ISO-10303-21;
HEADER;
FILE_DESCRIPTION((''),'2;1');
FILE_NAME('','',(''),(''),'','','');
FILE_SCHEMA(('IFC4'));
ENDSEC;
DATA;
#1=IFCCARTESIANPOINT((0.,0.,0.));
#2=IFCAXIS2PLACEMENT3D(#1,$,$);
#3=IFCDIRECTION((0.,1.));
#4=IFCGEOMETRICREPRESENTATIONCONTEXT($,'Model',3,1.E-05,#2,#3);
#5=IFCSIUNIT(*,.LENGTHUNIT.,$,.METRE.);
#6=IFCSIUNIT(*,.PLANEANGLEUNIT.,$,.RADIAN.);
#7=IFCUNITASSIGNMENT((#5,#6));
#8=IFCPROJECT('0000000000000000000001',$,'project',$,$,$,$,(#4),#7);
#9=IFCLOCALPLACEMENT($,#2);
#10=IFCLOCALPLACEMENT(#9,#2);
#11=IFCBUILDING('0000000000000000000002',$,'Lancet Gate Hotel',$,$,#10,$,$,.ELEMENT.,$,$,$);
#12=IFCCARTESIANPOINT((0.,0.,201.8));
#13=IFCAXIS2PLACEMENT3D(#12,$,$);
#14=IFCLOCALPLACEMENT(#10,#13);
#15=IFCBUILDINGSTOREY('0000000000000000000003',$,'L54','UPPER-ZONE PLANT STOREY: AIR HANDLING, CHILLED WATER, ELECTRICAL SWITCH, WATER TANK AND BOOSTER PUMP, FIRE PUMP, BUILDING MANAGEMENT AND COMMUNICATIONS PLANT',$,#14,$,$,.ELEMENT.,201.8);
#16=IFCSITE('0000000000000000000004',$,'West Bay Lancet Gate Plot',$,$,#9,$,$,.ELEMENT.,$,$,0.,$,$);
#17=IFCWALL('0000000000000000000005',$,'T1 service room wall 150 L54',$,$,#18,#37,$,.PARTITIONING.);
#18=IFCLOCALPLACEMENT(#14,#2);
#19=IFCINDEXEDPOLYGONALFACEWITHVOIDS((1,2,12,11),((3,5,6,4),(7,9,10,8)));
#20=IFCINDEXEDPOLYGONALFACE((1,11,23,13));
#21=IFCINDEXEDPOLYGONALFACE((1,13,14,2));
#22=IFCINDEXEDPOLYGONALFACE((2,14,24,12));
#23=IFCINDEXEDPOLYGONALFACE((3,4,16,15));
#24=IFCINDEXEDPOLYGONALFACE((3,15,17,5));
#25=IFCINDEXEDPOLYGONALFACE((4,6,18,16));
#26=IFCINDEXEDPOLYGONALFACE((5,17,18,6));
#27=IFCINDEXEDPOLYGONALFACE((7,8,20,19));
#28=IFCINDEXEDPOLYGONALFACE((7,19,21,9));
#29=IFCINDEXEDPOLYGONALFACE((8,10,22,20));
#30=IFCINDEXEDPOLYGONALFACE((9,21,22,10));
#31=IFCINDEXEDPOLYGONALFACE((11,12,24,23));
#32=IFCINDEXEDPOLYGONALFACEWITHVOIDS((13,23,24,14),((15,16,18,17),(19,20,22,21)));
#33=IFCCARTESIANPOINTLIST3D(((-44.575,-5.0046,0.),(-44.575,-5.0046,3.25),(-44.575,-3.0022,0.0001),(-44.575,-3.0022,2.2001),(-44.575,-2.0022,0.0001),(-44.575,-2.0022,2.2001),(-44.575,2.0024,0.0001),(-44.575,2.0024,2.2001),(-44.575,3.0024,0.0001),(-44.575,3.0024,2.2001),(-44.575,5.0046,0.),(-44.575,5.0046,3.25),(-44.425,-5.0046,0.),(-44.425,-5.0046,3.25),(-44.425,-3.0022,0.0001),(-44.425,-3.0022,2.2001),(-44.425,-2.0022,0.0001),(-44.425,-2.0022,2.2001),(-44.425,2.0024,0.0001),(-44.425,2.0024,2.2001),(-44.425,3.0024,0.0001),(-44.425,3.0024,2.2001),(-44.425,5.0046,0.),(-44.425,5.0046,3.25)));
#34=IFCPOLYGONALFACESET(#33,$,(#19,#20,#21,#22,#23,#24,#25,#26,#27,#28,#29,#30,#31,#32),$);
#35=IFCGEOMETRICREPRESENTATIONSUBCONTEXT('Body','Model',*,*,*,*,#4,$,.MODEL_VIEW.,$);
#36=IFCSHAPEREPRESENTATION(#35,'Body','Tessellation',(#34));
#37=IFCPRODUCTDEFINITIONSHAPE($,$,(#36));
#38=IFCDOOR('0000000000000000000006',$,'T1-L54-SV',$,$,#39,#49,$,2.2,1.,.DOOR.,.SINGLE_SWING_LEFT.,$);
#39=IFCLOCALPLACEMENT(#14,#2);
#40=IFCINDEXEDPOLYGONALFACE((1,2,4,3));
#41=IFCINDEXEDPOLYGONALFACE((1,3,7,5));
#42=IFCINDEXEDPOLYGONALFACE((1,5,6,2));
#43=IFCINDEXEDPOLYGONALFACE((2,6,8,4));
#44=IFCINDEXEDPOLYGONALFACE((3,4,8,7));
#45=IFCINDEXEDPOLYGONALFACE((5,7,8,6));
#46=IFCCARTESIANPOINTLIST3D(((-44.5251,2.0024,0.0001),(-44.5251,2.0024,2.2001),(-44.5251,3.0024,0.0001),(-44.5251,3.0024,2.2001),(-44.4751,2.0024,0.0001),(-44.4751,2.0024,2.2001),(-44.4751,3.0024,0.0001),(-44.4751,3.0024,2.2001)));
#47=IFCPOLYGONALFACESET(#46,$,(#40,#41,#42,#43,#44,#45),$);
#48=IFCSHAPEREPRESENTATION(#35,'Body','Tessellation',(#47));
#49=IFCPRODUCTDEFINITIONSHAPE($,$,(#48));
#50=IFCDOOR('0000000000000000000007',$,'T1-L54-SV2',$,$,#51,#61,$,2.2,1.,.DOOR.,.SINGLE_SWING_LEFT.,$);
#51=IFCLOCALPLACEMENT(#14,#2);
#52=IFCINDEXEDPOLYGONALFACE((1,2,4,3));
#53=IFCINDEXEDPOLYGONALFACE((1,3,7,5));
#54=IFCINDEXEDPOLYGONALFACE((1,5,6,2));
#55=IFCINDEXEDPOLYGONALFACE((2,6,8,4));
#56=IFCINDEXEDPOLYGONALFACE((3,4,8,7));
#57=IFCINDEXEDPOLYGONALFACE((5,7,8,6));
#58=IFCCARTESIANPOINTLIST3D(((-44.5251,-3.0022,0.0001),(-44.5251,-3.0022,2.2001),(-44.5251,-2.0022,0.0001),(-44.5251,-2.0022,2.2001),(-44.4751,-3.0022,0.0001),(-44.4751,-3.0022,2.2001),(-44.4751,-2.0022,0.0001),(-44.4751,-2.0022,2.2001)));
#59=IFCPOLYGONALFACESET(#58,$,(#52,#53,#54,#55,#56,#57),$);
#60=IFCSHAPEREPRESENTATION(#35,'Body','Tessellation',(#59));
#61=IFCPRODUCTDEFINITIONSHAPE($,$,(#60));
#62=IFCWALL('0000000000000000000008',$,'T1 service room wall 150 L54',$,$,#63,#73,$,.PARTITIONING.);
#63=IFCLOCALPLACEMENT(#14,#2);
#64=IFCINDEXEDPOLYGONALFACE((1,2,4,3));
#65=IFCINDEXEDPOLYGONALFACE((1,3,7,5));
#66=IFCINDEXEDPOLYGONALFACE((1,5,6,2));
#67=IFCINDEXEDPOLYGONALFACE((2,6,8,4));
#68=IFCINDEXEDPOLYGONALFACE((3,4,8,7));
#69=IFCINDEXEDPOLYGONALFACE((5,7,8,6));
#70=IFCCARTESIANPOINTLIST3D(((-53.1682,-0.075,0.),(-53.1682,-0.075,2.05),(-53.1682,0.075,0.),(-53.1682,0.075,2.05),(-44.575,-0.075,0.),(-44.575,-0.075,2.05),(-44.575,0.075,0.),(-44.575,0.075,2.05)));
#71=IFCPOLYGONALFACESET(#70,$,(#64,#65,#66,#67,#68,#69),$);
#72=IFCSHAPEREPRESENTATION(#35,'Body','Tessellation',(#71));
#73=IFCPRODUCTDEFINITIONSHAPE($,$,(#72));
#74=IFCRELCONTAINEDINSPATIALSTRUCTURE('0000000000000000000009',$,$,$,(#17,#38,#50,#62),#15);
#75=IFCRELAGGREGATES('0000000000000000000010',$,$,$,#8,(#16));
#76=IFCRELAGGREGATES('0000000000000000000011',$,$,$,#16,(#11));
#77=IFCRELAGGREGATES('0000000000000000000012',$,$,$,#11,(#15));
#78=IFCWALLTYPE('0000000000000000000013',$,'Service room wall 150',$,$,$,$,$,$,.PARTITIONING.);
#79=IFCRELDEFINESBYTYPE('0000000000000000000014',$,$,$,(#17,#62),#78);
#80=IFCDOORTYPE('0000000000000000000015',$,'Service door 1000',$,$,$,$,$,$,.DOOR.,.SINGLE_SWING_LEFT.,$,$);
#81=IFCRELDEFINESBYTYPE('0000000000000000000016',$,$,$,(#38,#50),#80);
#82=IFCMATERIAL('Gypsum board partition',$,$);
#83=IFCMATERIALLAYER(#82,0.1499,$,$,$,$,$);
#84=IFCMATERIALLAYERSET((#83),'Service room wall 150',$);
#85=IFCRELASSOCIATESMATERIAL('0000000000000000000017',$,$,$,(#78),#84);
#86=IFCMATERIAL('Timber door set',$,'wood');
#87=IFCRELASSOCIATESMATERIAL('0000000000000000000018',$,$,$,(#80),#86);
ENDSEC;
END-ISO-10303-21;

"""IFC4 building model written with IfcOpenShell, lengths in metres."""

from ifc_helpers import new_model, si_unit, direction, frame, frame_2d, origin, place, context, subcontext, project, spatial, rectangle, extrude, material, layer, layer_set, type_object, element, fill, save


model = new_model("IFC4")

# Units and contexts
model_context = context("Model", 3, precision=1e-05, world=origin(), true_north=direction((0.0, 1.0)))
body_context = subcontext(model_context, "Body", "Model", "MODEL_VIEW")
ifc_project = project(units=[si_unit("LENGTHUNIT", "METRE"), si_unit("PLANEANGLEUNIT", "RADIAN")], contexts=[model_context])

# Site, building, storey
site_placement = place(None, origin())
site = spatial("IfcSite", under=ifc_project, at=site_placement, Name="West Bay Lancet Gate Plot", CompositionType="ELEMENT", RefElevation=0.0)
building_placement = place(site_placement, origin())
building = spatial("IfcBuilding", under=site, at=building_placement, Name="Lancet Gate Hotel", CompositionType="ELEMENT")
storey_placement = place(building_placement, frame((0.0, 0.0, 201.8)))
storey = spatial("IfcBuildingStorey", under=building, at=storey_placement, Name="L54", Description="UPPER-ZONE PLANT STOREY: AIR HANDLING, CHILLED WATER, ELECTRICAL SWITCH, WATER TANK AND BOOSTER PUMP, FIRE PUMP, BUILDING MANAGEMENT AND COMMUNICATIONS PLANT", CompositionType="ELEMENT", Elevation=201.8)

# Shared definitions
ifc_material_1 = material(Name="Gypsum board partition")
ifc_layer_1 = layer(ifc_material_1, 0.1499)
ifc_layer_set_1 = layer_set([ifc_layer_1], Name="Service room wall 150")
wall_type_1 = type_object("IfcWallType", Name="Service room wall 150", PredefinedType="PARTITIONING", material=ifc_layer_set_1)

# Wall, openings, doors
wall_1_placement = place(storey_placement, frame((-44.5, 5.0046, 0.0), z_axis=(0.0, 0.0, 1.0), x_axis=(0.0, -1.0, 0.0)))
wall_1 = element("IfcWall", 1, at=wall_1_placement, inside=storey, type_object=wall_type_1, Name="T1 service room wall 150 L54", PredefinedType="PARTITIONING", context=body_context, shape_type="SweptSolid", body=[
    extrude(rectangle(XDim=10.0093, YDim=0.1499, at=frame_2d((5.0046, 0.0))), origin(), (0.0, 0.0, 1.0), 3.25),
])
opening_1_placement = place(wall_1_placement, frame((2.0022, 0.0, 0.0)))
opening_1 = element("IfcOpeningElement", 2, at=opening_1_placement, cuts=wall_1, PredefinedType="OPENING", context=body_context, shape_type="SweptSolid", body=[
    extrude(rectangle(XDim=1.0, YDim=2.2, at=frame_2d((0.5, 1.1001))), frame((0.0, 0.085, 0.0), z_axis=(0.0, -1.0, 0.0), x_axis=(1.0, 0.0, 0.0)), (0.0, 0.0, 1.0), 0.1699),
])
opening_2_placement = place(wall_1_placement, frame((7.0068, 0.0, 0.0)))
opening_2 = element("IfcOpeningElement", 3, at=opening_2_placement, cuts=wall_1, PredefinedType="OPENING", context=body_context, shape_type="SweptSolid", body=[
    extrude(rectangle(XDim=1.0, YDim=2.2, at=frame_2d((0.5, 1.1001))), frame((0.0, 0.085, 0.0), z_axis=(0.0, -1.0, 0.0), x_axis=(1.0, 0.0, 0.0)), (0.0, 0.0, 1.0), 0.1699),
])
ifc_material_2 = material(Name="Timber door set", Category="wood")
door_type_1 = type_object("IfcDoorType", Name="Service door 1000", OperationType="SINGLE_SWING_LEFT", PredefinedType="DOOR", material=ifc_material_2)
door_1_placement = place(opening_1_placement, origin())
door_1 = element("IfcDoor", 4, at=door_1_placement, inside=storey, type_object=door_type_1, Name="T1-L54-SV", OperationType="SINGLE_SWING_LEFT", OverallHeight=2.2, OverallWidth=1.0, PredefinedType="DOOR", context=body_context, shape_type="SweptSolid", body=[
    extrude(rectangle(XDim=1.0, YDim=2.2, at=frame_2d((0.5, 1.1001))), frame((0.0, 0.0249, 0.0), z_axis=(0.0, -1.0, 0.0), x_axis=(1.0, 0.0, 0.0)), (0.0, 0.0, 1.0), 0.05),
])
fill(opening_1, door_1)
door_2_placement = place(opening_2_placement, origin())
door_2 = element("IfcDoor", 5, at=door_2_placement, inside=storey, type_object=door_type_1, Name="T1-L54-SV2", OperationType="SINGLE_SWING_LEFT", OverallHeight=2.2, OverallWidth=1.0, PredefinedType="DOOR", context=body_context, shape_type="SweptSolid", body=[
    extrude(rectangle(XDim=1.0, YDim=2.2, at=frame_2d((0.5, 1.1001))), frame((0.0, 0.0249, 0.0), z_axis=(0.0, -1.0, 0.0), x_axis=(1.0, 0.0, 0.0)), (0.0, 0.0, 1.0), 0.05),
])
fill(opening_2, door_2)

# Wall
wall_2_placement = place(storey_placement, frame((-44.575, 0.0, 0.0), z_axis=(0.0, 0.0, 1.0), x_axis=(-1.0, 0.0, 0.0)))
element("IfcWall", 6, at=wall_2_placement, inside=storey, type_object=wall_type_1, Name="T1 service room wall 150 L54", PredefinedType="PARTITIONING", context=body_context, shape_type="SweptSolid", body=[
    extrude(rectangle(XDim=8.5933, YDim=0.1499, at=frame_2d((4.2966, 0.0))), origin(), (0.0, 0.0, 1.0), 2.05),
])

save(model, "model.ifc")
